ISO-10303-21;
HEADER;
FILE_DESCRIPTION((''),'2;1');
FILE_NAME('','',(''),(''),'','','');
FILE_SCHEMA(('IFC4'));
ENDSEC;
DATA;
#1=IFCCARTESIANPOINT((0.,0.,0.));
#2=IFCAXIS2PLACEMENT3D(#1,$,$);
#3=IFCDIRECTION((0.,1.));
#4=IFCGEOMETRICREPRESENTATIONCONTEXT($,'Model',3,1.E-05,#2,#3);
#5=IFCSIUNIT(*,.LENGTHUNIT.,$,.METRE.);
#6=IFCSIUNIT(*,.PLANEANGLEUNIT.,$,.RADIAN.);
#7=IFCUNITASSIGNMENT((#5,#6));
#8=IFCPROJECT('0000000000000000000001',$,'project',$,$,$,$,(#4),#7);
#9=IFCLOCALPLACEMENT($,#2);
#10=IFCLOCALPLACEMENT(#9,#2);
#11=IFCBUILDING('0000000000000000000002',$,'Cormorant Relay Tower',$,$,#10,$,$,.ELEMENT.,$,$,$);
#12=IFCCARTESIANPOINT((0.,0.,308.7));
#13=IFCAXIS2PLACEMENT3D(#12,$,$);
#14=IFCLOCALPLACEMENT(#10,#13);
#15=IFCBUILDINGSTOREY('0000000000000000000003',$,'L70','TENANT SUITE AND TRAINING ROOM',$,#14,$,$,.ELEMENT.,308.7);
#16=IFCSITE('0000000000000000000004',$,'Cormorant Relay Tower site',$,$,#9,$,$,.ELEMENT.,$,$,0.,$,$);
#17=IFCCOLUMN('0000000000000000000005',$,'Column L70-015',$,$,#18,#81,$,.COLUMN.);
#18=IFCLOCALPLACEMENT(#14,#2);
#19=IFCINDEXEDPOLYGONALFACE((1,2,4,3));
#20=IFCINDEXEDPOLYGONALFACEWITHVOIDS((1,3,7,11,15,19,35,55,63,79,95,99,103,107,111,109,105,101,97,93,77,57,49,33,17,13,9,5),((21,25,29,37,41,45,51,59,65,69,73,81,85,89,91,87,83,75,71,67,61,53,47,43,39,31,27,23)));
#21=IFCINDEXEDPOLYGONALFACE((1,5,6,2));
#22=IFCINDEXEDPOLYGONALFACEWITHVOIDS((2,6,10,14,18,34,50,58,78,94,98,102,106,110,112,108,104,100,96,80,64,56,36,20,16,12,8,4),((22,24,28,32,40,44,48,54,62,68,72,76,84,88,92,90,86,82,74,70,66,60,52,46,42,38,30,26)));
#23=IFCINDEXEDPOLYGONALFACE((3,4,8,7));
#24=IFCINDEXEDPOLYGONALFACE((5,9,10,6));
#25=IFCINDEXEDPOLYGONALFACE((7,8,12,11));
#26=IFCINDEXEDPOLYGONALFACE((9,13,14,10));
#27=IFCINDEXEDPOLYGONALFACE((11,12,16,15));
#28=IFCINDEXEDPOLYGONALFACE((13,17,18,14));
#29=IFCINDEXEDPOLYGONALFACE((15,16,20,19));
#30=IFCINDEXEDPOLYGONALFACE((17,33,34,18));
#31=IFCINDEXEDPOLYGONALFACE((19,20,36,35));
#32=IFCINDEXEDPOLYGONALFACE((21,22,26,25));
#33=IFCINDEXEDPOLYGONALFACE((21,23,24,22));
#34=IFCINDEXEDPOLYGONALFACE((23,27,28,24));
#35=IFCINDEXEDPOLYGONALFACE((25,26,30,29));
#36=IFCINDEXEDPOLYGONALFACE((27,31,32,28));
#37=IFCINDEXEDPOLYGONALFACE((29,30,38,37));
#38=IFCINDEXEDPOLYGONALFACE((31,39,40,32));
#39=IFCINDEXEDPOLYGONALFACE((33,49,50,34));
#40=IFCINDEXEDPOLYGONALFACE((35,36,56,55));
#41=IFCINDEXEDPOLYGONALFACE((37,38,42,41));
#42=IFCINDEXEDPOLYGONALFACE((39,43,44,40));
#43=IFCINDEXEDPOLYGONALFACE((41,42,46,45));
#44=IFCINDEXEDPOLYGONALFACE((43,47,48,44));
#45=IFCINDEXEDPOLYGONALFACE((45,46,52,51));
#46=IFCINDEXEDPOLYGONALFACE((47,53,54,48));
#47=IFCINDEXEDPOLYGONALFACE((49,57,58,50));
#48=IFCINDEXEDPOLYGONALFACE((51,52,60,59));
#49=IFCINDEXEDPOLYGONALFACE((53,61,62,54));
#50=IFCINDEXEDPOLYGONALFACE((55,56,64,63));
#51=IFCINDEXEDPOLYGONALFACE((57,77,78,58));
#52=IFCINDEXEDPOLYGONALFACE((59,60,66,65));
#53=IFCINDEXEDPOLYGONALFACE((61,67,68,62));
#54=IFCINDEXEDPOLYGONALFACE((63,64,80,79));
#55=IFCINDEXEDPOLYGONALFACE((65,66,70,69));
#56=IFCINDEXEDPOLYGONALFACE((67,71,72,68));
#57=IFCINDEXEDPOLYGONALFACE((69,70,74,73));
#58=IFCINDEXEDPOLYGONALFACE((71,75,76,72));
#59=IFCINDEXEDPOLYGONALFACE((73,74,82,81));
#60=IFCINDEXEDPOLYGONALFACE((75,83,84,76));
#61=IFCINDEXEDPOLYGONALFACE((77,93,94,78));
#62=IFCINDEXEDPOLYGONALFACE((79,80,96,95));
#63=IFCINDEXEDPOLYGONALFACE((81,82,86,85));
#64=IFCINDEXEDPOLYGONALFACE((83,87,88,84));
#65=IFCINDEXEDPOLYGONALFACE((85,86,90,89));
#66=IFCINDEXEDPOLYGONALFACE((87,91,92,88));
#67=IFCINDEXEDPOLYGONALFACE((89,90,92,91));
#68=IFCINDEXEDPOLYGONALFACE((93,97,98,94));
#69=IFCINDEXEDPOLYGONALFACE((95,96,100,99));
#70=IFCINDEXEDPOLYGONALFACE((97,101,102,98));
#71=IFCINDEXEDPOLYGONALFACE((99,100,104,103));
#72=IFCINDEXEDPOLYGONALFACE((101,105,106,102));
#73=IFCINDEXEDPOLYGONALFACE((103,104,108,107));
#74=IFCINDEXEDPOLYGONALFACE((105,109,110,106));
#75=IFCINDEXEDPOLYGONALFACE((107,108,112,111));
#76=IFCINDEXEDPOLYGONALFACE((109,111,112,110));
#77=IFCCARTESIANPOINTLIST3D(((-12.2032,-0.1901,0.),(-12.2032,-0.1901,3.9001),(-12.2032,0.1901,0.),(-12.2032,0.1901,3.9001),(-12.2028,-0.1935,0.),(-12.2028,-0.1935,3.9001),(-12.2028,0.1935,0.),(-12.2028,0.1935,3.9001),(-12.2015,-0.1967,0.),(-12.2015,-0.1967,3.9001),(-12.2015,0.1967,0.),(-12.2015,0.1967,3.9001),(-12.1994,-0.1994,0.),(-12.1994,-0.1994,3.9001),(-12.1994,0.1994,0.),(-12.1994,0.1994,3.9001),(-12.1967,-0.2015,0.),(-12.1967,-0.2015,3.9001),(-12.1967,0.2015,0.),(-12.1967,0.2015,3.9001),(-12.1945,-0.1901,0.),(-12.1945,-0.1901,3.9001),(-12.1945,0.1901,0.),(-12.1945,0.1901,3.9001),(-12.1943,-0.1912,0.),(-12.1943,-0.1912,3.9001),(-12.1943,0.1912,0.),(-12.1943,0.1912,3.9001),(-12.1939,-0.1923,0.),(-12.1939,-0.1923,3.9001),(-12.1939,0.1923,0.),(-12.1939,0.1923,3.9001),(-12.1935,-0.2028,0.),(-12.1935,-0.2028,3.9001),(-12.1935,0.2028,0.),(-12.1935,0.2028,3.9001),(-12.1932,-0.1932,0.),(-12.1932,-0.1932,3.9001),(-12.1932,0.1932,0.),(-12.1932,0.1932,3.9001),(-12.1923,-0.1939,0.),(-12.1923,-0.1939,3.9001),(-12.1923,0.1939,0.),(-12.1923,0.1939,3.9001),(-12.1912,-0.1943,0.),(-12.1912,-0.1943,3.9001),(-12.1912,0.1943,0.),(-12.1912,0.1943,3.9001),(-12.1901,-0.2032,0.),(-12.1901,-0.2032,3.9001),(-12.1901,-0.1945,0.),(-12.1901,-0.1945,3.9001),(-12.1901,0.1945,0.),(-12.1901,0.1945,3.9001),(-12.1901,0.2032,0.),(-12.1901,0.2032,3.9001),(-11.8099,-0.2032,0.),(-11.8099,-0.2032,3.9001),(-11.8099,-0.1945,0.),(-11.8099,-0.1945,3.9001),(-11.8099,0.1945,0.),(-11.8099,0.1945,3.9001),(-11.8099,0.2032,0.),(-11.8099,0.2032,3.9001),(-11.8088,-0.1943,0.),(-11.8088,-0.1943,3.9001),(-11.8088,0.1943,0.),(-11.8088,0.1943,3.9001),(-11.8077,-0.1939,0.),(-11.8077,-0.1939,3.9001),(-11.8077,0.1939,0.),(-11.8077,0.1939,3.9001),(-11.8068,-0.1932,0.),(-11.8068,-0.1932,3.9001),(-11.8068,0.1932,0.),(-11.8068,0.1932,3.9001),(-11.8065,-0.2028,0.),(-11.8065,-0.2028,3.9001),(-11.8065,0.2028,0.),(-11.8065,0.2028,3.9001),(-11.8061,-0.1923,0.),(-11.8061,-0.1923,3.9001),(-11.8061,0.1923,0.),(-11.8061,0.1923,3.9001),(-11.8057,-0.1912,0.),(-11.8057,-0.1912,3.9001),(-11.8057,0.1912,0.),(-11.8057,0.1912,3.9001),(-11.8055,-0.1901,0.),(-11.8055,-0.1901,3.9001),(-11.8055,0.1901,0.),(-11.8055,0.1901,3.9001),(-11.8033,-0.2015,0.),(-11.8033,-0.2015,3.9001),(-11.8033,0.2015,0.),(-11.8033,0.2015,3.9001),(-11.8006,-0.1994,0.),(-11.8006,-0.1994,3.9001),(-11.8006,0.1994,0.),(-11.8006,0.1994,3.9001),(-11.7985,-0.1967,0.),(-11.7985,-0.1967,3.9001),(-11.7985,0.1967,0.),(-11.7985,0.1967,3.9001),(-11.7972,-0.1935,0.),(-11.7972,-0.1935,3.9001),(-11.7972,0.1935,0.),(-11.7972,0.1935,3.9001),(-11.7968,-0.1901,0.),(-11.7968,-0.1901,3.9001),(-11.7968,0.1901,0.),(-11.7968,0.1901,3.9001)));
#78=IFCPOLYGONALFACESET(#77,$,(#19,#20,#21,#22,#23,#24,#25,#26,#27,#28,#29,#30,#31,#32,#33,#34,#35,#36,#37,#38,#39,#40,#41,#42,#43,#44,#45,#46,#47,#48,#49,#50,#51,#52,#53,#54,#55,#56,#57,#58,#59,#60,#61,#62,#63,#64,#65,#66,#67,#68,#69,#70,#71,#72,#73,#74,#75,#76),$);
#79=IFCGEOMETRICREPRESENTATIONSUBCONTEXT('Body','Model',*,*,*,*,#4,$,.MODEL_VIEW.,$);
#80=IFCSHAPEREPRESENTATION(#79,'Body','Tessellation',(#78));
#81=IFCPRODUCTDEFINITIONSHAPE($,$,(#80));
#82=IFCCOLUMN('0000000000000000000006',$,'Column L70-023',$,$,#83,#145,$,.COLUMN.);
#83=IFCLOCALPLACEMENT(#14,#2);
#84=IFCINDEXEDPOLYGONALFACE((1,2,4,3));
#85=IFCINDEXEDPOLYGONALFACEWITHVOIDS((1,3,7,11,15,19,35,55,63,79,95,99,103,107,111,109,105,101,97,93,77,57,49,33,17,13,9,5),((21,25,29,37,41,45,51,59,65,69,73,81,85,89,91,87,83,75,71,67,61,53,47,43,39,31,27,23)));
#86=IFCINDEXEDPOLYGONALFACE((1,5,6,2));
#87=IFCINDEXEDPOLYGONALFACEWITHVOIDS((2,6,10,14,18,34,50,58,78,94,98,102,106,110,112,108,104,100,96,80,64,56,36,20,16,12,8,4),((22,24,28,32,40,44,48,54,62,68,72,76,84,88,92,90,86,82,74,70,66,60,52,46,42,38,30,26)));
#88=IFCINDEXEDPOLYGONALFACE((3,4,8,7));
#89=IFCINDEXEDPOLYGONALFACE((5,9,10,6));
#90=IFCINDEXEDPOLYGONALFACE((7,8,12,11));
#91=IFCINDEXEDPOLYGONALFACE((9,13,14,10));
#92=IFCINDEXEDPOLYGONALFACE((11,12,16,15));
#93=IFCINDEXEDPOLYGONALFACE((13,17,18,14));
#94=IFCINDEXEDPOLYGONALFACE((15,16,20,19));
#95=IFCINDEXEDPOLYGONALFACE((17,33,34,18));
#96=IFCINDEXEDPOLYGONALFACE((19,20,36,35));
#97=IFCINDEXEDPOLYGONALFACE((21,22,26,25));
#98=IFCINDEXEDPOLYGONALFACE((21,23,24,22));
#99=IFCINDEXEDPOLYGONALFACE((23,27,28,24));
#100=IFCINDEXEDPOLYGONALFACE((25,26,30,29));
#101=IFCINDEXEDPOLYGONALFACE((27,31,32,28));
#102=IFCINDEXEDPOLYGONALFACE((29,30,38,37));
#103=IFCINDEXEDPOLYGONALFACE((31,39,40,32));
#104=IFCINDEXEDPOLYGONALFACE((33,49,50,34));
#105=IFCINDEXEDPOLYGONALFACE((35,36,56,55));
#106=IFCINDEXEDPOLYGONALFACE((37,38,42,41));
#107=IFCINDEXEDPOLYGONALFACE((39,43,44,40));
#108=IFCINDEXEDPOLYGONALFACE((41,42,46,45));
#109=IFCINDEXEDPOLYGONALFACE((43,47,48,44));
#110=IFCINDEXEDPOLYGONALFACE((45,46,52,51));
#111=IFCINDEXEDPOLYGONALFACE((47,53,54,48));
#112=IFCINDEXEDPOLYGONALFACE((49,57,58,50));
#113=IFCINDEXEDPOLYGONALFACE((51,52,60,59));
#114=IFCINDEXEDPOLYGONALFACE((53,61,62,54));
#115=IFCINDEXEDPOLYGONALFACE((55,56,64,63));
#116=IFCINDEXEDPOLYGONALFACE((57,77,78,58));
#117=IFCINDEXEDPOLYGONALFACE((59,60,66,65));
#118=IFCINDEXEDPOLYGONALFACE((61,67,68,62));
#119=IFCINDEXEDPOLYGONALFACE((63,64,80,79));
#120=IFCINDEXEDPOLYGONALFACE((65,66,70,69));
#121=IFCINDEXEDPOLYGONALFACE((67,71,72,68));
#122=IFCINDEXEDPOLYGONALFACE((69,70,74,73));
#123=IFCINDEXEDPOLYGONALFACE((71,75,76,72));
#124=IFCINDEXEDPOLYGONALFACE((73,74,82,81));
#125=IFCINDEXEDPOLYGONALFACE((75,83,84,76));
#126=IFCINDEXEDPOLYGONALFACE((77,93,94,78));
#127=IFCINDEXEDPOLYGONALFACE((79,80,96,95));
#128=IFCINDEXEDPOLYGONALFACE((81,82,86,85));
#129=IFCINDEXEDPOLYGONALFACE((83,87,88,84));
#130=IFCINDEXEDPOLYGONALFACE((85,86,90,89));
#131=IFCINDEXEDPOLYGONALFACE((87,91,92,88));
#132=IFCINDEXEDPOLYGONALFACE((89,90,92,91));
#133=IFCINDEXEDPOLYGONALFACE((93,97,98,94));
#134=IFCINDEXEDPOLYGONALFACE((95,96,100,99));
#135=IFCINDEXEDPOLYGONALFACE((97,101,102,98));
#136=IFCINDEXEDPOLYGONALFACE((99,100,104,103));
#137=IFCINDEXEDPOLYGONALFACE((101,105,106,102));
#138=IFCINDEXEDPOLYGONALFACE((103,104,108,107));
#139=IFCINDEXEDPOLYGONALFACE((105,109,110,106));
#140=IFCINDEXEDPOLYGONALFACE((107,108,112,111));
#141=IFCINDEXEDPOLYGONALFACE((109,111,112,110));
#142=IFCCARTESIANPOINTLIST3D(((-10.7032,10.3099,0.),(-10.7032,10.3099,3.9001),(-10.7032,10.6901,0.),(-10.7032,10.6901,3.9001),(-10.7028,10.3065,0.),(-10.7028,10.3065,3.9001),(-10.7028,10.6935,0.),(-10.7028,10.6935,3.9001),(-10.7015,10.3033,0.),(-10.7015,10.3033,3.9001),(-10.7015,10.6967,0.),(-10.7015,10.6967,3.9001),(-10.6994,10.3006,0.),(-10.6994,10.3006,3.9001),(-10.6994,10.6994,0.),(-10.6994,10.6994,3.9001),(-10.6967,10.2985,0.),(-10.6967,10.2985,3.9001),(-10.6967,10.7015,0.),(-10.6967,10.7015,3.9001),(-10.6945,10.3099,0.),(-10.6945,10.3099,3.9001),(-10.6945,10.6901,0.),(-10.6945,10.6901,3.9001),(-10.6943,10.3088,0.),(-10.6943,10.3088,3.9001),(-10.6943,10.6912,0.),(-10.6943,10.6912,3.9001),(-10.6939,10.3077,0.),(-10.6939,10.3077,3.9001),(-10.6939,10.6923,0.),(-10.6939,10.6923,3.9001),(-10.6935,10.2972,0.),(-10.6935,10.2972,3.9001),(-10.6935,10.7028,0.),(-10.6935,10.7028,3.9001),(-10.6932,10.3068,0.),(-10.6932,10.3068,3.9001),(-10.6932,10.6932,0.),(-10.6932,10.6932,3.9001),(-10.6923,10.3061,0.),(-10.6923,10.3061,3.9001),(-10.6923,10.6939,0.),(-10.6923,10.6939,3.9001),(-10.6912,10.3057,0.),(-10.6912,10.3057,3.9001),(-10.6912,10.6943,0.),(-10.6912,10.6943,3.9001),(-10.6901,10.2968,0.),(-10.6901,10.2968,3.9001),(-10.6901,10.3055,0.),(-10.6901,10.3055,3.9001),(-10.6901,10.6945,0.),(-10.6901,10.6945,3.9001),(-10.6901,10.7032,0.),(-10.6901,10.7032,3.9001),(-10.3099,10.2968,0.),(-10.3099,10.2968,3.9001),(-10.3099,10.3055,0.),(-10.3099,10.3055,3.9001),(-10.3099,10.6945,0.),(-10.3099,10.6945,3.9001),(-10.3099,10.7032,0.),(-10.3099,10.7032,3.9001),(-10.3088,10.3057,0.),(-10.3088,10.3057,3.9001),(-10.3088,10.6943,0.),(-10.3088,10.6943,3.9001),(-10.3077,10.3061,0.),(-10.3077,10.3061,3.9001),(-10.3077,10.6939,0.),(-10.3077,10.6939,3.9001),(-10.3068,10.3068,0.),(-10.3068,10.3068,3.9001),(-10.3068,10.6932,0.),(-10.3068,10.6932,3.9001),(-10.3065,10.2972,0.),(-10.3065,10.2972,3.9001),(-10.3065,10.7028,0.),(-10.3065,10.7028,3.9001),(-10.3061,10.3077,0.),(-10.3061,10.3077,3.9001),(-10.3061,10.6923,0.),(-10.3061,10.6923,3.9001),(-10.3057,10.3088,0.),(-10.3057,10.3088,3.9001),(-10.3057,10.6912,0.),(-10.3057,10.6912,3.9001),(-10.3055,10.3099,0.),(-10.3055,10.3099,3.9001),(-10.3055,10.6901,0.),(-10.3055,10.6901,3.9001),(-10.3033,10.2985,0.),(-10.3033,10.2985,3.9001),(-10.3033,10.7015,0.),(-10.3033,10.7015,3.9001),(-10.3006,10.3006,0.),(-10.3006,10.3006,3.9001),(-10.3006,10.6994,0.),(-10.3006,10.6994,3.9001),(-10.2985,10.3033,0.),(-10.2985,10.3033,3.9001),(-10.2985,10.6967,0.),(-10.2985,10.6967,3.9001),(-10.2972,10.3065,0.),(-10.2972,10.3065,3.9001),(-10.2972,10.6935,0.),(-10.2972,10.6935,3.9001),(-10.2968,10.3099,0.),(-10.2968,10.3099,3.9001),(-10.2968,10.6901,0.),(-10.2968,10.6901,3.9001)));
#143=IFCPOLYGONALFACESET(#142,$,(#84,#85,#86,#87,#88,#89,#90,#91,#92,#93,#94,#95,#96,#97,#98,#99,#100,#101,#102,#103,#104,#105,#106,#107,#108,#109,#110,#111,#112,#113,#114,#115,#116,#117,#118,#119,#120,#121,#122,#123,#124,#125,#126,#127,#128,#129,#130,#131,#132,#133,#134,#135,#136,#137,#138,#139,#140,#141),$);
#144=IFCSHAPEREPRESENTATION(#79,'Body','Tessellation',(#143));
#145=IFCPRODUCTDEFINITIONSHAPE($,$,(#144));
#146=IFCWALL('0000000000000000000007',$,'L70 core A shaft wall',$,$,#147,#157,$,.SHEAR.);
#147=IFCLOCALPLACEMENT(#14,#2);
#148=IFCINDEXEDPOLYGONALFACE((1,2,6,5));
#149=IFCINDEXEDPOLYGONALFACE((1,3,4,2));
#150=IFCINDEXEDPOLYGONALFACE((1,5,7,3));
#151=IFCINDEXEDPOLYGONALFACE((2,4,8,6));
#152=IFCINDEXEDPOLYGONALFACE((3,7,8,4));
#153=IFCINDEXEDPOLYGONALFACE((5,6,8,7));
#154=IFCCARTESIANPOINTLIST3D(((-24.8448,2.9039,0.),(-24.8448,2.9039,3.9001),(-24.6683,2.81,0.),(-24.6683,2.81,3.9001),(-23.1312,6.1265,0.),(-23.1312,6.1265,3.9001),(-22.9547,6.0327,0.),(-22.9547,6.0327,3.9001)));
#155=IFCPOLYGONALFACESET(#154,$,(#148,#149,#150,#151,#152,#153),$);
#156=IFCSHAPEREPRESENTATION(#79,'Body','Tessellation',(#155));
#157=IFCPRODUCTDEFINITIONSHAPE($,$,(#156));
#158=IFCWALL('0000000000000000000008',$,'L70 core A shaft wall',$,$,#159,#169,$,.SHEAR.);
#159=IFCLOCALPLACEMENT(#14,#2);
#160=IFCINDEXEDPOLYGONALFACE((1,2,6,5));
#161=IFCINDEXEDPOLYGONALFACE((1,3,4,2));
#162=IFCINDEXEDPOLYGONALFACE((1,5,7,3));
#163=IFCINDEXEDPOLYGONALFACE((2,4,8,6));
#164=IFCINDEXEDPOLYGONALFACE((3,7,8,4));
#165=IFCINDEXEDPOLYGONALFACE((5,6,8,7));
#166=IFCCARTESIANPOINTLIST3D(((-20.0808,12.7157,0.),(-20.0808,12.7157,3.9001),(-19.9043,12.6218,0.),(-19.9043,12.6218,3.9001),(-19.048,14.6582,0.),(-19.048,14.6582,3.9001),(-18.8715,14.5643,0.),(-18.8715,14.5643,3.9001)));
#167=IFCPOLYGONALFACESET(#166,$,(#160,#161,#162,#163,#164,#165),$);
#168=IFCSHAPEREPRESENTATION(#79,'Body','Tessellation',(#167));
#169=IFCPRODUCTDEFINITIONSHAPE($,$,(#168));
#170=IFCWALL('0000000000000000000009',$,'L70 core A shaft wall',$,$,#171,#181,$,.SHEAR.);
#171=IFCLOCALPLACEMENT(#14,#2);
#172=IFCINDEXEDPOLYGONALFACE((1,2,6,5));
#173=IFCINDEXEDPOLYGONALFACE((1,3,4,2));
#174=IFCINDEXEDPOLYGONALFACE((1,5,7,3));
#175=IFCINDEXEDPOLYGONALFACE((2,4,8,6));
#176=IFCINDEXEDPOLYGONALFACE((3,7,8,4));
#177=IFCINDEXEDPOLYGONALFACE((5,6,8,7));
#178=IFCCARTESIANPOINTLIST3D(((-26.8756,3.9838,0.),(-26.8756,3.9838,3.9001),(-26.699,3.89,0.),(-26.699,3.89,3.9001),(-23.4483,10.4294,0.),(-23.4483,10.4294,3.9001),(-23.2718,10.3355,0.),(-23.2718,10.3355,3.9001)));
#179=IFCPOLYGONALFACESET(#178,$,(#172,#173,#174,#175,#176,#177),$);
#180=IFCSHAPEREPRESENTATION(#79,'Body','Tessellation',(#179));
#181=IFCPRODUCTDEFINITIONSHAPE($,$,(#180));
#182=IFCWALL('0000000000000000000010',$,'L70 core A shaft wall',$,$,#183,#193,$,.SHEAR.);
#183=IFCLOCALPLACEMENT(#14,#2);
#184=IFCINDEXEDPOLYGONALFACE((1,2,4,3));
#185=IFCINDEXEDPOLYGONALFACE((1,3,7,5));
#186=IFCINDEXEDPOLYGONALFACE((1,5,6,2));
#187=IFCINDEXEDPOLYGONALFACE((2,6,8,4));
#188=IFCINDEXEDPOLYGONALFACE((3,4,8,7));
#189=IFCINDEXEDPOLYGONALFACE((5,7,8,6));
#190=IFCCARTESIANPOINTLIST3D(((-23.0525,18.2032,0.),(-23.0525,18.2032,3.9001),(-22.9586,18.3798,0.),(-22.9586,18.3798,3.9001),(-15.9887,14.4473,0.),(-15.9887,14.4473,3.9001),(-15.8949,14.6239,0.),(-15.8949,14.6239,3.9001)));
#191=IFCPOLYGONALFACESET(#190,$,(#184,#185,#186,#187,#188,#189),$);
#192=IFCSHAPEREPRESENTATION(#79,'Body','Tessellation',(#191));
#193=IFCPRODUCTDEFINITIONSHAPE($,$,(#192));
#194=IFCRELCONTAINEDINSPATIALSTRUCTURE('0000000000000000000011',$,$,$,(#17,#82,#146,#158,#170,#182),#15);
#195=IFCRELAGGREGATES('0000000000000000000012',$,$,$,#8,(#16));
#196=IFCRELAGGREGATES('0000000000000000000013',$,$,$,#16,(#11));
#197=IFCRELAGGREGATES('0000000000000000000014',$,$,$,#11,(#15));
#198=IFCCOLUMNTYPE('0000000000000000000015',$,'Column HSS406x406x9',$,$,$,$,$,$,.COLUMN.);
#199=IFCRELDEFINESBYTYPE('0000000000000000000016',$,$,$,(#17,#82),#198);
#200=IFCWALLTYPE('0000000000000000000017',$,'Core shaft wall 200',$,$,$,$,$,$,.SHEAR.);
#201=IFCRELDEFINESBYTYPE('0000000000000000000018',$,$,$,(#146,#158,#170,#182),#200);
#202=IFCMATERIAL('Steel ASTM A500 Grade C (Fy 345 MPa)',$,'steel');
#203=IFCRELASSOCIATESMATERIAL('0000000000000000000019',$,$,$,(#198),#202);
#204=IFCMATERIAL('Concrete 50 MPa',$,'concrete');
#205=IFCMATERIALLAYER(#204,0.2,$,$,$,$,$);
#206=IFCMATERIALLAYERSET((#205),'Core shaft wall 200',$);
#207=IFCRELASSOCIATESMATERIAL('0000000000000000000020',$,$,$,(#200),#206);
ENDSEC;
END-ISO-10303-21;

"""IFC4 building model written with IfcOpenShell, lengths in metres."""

from ifc_helpers import new_model, si_unit, direction, frame, frame_2d, origin, origin_2d, place, context, subcontext, project, spatial, rectangle, hollow_rectangle, extrude, material, layer, layer_set, material_profile, profile_set, type_object, element, save


model = new_model("IFC4")

# Units and contexts
model_context = context("Model", 3, precision=1e-05, world=origin(), true_north=direction((0.0, 1.0)))
body_context = subcontext(model_context, "Body", "Model", "MODEL_VIEW")
ifc_project = project(units=[si_unit("LENGTHUNIT", "METRE"), si_unit("PLANEANGLEUNIT", "RADIAN")], contexts=[model_context])

# Site, building, storey
site_placement = place(None, origin())
site = spatial("IfcSite", under=ifc_project, at=site_placement, Name="Cormorant Relay Tower site", CompositionType="ELEMENT", RefElevation=0.0)
building_placement = place(site_placement, origin())
building = spatial("IfcBuilding", under=site, at=building_placement, Name="Cormorant Relay Tower", CompositionType="ELEMENT")
storey_placement = place(building_placement, frame((0.0, 0.0, 308.7)))
storey = spatial("IfcBuildingStorey", under=building, at=storey_placement, Name="L70", Description="TENANT SUITE AND TRAINING ROOM", CompositionType="ELEMENT", Elevation=308.7)

# Columns
ifc_material_1 = material(Name="Steel ASTM A500 Grade C (Fy 345 MPa)", Category="steel")
ifc_material_profile = material_profile(ifc_material_1, hollow_rectangle(XDim=0.4065, YDim=0.4065, WallThickness=0.0088, InnerFilletRadius=0.0044, OuterFilletRadius=0.0132, at=origin_2d()), Name="HSS406x406x9")
ifc_profile_set = profile_set([ifc_material_profile], Name="Steel ASTM A500 Grade C (Fy 345 MPa)")
column_type = type_object("IfcColumnType", Name="Column HSS406x406x9", PredefinedType="COLUMN", material=ifc_profile_set)
for number, where, z_axis, x_axis, name in (
    (1, (-12.0, 0.0, 0.0), (0.0, 0.0, 1.0), (1.0, 0.0, 0.0), "Column L70-015"),
    (2, (-10.5, 10.5, 0.0), (0.0, 0.0, 1.0), (1.0, 0.0, 0.0), "Column L70-023"),
):
    element("IfcColumn", number, at=place(storey_placement, frame(where, z_axis=z_axis, x_axis=x_axis)), inside=storey, type_object=column_type, Name=name, PredefinedType="COLUMN", context=body_context, shape_type="SweptSolid", body=[
        extrude(hollow_rectangle(XDim=0.4065, YDim=0.4065, WallThickness=0.0088, InnerFilletRadius=0.0044, OuterFilletRadius=0.0132, at=origin_2d()), origin(), (0.0, 0.0, 1.0), 3.9001),
    ])

# Walls
ifc_material_2 = material(Name="Concrete 50 MPa", Category="concrete")
ifc_layer_1 = layer(ifc_material_2, 0.2)
ifc_layer_set_1 = layer_set([ifc_layer_1], Name="Core shaft wall 200")
wall_type_1 = type_object("IfcWallType", Name="Core shaft wall 200", PredefinedType="SHEAR", material=ifc_layer_set_1)
wall_1_placement = place(storey_placement, frame((-23.043, 6.0796, 0.0), z_axis=(0.0, 0.0, 1.0), x_axis=(-0.469494, -0.882936, 0.0)))
element("IfcWall", 3, at=wall_1_placement, inside=storey, type_object=wall_type_1, Name="L70 core A shaft wall", PredefinedType="SHEAR", context=body_context, shape_type="SweptSolid", body=[
    extrude(rectangle(XDim=3.6499, YDim=0.2, at=frame_2d((1.825, 0.0))), origin(), (0.0, 0.0, 1.0), 3.9001),
])
wall_2_placement = place(storey_placement, frame((-18.9597, 14.6113, 0.0), z_axis=(0.0, 0.0, 1.0), x_axis=(-0.469447, -0.88296, 0.0)))
element("IfcWall", 4, at=wall_2_placement, inside=storey, type_object=wall_type_1, Name="L70 core A shaft wall", PredefinedType="SHEAR", context=body_context, shape_type="SweptSolid", body=[
    extrude(rectangle(XDim=2.2, YDim=0.2, at=frame_2d((1.1001, 0.0))), origin(), (0.0, 0.0, 1.0), 3.9001),
])
wall_3_placement = place(storey_placement, frame((-23.3601, 10.3823, 0.0), z_axis=(0.0, 0.0, 1.0), x_axis=(-0.46948, -0.882943, 0.0)))
element("IfcWall", 5, at=wall_3_placement, inside=storey, type_object=wall_type_1, Name="L70 core A shaft wall", PredefinedType="SHEAR", context=body_context, shape_type="SweptSolid", body=[
    extrude(rectangle(XDim=7.3, YDim=0.2, at=frame_2d((3.6499, 0.0))), origin(), (0.0, 0.0, 1.0), 3.9001),
])
wall_4_placement = place(storey_placement, frame((-15.9419, 14.5356, 0.0), z_axis=(0.0, 0.0, 1.0), x_axis=(-0.882947, 0.469473, 0.0)))
element("IfcWall", 6, at=wall_4_placement, inside=storey, type_object=wall_type_1, Name="L70 core A shaft wall", PredefinedType="SHEAR", context=body_context, shape_type="SweptSolid", body=[
    extrude(rectangle(XDim=8.0002, YDim=0.2, at=frame_2d((4.0, 0.0))), origin(), (0.0, 0.0, 1.0), 3.9001),
])

save(model, "model.ifc")
